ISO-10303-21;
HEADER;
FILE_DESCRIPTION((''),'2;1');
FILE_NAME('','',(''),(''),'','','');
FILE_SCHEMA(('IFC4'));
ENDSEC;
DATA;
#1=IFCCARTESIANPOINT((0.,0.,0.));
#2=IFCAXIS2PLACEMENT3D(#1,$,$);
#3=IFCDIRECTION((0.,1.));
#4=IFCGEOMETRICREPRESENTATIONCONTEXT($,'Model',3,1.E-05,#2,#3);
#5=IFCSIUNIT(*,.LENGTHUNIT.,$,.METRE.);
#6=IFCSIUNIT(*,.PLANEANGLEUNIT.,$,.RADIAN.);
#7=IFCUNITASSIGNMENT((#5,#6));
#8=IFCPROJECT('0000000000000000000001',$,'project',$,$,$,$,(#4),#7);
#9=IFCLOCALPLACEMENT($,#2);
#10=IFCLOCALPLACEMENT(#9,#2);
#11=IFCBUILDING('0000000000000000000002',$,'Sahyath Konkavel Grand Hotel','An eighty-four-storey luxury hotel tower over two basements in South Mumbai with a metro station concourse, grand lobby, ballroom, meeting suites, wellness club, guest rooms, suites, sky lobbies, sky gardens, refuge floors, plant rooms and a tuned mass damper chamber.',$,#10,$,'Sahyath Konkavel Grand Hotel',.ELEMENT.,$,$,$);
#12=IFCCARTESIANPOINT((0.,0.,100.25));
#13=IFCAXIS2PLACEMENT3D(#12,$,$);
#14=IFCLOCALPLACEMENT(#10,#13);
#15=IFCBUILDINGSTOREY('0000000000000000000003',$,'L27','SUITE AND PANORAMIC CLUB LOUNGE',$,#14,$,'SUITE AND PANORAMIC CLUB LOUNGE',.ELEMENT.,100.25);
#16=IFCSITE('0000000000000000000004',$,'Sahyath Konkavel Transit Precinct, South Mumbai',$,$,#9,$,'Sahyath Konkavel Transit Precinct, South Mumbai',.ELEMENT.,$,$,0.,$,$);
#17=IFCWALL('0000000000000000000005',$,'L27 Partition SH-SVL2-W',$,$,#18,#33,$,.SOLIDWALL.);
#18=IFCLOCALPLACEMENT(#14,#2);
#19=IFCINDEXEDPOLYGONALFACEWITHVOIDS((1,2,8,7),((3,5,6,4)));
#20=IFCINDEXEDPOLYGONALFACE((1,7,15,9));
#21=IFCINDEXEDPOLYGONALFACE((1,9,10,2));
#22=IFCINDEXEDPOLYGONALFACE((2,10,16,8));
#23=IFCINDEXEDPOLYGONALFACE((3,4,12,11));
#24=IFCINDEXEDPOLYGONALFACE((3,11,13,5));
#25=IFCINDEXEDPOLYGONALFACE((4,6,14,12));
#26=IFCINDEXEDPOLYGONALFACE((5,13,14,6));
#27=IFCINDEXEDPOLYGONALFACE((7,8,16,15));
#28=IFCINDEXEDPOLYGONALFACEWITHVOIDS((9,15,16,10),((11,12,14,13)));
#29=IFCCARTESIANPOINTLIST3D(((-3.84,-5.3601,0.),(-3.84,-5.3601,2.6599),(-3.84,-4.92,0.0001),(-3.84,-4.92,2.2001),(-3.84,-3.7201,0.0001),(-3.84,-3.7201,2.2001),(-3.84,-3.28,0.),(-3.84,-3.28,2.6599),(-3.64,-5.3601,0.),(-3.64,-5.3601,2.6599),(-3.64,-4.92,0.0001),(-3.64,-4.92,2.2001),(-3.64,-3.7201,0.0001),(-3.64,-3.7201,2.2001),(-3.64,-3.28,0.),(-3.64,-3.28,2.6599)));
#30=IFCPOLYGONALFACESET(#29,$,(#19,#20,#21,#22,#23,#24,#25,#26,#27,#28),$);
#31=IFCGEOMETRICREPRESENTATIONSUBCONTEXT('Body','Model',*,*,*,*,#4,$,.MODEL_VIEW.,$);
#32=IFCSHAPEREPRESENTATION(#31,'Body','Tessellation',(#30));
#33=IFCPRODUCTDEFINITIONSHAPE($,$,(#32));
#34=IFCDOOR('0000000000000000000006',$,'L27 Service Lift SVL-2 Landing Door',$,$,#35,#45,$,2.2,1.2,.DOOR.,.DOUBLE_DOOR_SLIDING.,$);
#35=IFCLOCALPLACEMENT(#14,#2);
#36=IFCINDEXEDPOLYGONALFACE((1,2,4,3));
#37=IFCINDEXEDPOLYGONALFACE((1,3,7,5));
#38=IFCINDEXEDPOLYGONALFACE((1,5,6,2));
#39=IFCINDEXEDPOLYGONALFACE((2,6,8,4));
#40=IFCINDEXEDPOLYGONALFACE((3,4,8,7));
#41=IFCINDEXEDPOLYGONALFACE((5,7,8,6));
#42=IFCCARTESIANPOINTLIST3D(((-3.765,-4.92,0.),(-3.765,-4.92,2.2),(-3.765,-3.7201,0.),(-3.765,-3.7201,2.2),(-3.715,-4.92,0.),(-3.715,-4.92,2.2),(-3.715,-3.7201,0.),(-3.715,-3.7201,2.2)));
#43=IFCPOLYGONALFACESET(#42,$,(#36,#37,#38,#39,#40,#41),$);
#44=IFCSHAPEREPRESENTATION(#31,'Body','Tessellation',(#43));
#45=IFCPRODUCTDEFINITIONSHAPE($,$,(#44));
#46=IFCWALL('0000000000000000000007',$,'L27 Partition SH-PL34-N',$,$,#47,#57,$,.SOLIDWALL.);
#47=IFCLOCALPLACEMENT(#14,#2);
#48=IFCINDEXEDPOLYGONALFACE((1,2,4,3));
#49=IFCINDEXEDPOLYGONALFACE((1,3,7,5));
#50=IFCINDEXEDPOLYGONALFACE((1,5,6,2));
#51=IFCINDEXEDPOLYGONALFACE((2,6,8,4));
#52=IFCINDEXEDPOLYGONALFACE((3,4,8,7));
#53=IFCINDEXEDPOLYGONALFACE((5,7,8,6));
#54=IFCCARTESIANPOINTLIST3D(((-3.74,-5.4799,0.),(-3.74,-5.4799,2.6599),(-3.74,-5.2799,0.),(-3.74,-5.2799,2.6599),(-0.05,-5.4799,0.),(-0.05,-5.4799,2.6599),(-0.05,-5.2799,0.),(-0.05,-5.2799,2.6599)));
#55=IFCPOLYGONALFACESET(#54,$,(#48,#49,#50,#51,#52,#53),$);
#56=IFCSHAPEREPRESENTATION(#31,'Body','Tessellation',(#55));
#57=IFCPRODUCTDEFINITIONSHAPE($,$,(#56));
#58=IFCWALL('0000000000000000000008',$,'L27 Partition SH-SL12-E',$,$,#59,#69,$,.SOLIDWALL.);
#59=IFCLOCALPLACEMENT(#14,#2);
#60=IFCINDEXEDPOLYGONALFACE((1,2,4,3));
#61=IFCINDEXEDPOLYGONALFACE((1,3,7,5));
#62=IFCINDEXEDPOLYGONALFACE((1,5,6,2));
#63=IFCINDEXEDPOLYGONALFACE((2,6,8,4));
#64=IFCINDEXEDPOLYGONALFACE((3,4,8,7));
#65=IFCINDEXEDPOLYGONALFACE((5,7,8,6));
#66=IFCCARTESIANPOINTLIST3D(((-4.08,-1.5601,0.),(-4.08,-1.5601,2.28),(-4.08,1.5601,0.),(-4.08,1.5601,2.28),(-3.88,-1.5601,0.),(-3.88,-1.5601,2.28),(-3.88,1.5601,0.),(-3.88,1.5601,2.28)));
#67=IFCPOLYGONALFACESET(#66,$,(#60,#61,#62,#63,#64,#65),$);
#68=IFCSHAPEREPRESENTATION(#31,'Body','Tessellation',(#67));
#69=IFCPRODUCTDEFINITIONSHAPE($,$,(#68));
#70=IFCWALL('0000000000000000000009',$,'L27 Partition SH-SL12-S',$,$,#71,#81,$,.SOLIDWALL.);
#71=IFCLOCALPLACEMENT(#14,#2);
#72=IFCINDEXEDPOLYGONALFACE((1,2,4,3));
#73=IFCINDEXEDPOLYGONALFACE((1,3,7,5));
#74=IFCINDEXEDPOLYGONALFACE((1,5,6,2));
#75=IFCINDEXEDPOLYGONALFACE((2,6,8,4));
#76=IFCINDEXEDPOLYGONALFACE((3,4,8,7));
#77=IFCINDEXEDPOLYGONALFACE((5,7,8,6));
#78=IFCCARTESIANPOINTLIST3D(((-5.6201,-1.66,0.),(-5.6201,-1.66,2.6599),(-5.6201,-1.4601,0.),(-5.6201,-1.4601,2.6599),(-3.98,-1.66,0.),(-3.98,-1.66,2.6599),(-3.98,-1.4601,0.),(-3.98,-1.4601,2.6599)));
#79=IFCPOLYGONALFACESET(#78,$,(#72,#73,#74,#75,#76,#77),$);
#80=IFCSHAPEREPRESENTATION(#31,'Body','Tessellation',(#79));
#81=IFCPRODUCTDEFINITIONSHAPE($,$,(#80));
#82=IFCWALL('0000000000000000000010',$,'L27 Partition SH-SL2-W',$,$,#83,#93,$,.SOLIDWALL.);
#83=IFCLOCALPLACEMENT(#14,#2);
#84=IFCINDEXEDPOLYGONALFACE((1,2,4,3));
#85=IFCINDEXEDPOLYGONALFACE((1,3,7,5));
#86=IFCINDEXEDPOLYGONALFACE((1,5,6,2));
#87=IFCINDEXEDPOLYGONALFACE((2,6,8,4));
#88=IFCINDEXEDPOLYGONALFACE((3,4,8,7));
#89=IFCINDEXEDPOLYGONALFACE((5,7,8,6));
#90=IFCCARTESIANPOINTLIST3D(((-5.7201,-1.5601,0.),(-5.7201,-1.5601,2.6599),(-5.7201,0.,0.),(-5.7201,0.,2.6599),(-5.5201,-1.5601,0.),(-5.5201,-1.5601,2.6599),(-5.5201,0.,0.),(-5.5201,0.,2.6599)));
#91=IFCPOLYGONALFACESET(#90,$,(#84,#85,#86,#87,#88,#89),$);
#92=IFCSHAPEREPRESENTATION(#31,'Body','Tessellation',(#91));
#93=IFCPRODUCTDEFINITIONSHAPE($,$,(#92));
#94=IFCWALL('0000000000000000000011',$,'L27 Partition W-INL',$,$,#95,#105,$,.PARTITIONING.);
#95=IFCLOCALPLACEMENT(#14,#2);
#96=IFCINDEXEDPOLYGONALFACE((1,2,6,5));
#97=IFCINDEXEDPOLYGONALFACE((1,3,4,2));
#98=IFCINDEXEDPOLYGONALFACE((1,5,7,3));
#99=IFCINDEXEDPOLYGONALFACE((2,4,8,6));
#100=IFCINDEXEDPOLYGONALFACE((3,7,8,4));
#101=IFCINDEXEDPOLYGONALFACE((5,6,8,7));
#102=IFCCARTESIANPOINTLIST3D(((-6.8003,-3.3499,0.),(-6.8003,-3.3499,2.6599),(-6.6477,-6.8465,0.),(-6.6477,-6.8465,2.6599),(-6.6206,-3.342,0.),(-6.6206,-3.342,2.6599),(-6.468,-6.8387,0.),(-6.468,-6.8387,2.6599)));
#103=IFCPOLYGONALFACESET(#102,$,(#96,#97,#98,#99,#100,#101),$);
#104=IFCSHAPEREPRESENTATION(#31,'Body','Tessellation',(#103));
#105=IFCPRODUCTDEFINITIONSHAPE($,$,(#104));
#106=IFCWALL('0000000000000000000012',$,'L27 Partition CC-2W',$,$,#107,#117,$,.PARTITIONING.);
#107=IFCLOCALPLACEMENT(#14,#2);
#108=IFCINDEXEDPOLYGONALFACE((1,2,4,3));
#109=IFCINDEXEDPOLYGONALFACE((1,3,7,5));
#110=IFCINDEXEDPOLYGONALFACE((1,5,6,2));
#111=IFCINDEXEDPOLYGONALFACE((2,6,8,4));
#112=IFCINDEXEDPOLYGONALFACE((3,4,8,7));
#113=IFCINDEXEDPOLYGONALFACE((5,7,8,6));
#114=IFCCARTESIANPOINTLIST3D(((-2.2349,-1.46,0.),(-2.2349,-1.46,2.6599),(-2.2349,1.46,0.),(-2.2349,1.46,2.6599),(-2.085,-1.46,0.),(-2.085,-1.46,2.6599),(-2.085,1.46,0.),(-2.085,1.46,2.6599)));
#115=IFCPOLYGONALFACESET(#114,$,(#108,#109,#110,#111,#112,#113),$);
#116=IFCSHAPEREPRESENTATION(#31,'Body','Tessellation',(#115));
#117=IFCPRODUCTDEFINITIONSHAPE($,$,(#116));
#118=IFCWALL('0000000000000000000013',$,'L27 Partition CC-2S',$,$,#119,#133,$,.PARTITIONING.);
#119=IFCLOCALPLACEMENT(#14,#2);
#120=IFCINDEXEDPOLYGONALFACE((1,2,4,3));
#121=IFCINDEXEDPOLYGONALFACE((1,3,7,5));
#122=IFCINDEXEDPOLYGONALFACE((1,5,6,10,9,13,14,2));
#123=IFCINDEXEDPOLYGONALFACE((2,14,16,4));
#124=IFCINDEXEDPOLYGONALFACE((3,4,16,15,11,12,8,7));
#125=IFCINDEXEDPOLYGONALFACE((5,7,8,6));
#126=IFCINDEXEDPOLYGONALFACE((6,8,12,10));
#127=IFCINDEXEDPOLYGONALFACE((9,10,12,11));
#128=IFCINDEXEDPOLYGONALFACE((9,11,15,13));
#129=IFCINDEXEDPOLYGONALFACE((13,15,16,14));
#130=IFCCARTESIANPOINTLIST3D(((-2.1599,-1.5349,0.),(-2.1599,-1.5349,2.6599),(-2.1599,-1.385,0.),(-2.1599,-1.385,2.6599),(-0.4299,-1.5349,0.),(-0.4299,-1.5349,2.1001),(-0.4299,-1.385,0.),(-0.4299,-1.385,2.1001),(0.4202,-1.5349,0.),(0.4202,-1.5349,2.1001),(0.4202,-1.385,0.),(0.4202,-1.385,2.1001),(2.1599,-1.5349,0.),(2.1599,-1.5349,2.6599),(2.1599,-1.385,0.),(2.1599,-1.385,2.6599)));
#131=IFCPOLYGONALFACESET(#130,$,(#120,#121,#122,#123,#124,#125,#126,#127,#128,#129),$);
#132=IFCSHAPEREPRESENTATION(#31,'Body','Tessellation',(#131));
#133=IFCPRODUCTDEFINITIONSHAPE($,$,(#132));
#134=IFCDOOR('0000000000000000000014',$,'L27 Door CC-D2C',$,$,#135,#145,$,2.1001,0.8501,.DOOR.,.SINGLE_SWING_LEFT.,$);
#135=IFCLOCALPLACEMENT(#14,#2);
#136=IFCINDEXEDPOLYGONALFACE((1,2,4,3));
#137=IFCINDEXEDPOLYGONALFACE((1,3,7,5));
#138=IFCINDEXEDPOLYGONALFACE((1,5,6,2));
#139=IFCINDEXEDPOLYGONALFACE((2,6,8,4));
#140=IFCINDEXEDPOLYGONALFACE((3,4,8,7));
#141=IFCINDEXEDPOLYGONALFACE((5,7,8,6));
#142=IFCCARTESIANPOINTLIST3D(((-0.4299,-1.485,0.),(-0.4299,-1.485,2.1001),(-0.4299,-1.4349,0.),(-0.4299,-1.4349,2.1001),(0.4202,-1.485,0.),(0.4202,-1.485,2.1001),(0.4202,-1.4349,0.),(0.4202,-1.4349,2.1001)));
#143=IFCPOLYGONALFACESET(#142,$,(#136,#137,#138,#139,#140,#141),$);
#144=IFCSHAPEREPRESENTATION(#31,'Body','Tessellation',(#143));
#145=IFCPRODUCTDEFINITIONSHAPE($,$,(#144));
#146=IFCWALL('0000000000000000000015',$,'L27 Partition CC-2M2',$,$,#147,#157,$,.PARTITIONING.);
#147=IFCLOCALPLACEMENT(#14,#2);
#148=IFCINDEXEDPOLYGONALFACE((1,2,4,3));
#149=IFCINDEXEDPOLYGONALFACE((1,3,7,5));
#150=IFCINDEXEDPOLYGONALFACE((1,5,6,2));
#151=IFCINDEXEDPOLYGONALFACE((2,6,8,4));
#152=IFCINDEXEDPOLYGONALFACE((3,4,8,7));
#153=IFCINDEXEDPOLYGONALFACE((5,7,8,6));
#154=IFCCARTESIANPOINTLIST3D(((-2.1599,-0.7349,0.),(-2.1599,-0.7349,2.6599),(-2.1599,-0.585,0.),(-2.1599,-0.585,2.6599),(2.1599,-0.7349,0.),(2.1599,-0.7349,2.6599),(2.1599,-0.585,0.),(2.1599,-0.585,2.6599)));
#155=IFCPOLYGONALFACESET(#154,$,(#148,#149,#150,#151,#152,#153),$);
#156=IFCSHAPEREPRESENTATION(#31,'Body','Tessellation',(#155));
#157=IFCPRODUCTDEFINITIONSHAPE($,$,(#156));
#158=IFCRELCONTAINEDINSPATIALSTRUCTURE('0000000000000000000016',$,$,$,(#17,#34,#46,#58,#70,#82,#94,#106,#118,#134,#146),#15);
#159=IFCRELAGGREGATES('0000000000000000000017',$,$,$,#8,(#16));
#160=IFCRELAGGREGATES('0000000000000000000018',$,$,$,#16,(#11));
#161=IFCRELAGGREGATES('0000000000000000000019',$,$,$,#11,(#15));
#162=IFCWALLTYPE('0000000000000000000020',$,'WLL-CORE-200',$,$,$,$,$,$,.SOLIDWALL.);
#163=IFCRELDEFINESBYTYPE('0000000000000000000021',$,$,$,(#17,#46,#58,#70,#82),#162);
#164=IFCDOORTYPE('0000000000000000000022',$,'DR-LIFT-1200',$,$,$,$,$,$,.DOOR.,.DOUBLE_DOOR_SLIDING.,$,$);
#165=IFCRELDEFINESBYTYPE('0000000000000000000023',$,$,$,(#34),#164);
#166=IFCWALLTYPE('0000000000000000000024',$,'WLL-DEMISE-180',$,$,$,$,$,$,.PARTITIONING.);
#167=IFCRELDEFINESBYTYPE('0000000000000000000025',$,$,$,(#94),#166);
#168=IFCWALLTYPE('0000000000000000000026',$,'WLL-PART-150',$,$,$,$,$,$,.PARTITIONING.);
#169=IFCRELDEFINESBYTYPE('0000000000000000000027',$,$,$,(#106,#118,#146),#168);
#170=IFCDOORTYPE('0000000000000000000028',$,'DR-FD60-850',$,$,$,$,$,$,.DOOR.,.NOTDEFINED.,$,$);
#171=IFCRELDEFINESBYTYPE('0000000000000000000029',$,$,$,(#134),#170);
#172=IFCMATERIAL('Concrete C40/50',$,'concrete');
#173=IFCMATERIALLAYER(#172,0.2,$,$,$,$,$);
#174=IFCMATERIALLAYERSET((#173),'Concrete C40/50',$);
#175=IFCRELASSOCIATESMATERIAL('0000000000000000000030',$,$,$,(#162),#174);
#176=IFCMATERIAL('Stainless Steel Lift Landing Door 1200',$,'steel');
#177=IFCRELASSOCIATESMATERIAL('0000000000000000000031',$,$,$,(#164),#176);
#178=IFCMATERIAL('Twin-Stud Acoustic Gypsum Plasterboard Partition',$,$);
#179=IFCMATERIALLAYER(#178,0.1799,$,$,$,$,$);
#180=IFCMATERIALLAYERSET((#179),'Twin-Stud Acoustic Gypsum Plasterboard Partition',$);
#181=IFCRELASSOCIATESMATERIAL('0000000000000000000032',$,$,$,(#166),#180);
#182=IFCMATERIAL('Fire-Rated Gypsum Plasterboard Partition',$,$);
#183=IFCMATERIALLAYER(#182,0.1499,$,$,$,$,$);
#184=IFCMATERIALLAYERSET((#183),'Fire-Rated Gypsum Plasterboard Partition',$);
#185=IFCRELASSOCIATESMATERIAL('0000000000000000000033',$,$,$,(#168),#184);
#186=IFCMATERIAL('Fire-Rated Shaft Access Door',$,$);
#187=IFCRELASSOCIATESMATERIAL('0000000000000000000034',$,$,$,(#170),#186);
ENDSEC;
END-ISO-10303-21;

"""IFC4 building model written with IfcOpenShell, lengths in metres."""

from ifc_helpers import new_model, si_unit, direction, frame, frame_2d, origin, origin_2d, place, context, subcontext, project, spatial, rectangle, extrude, source, transform, mapped, material, layer, layer_set, type_object, element, fill, save


model = new_model("IFC4")

# Units and contexts
model_context = context("Model", 3, precision=1e-05, world=origin(), true_north=direction((0.0, 1.0)))
body_context = subcontext(model_context, "Body", "Model", "MODEL_VIEW")
ifc_project = project(units=[si_unit("LENGTHUNIT", "METRE"), si_unit("PLANEANGLEUNIT", "RADIAN")], contexts=[model_context])

# Site, building, storey
site_placement = place(None, origin())
site = spatial("IfcSite", under=ifc_project, at=site_placement, Name="Sahyath Konkavel Transit Precinct, South Mumbai", LongName="Sahyath Konkavel Transit Precinct, South Mumbai", CompositionType="ELEMENT", RefElevation=0.0)
building_placement = place(site_placement, origin())
building = spatial("IfcBuilding", under=site, at=building_placement, Name="Sahyath Konkavel Grand Hotel", Description="An eighty-four-storey luxury hotel tower over two basements in South Mumbai with a metro station concourse, grand lobby, ballroom, meeting suites, wellness club, guest rooms, suites, sky lobbies, sky gardens, refuge floors, plant rooms and a tuned mass damper chamber.", LongName="Sahyath Konkavel Grand Hotel", CompositionType="ELEMENT")
storey_placement = place(building_placement, frame((0.0, 0.0, 100.25)))
storey = spatial("IfcBuildingStorey", under=building, at=storey_placement, Name="L27", Description="SUITE AND PANORAMIC CLUB LOUNGE", LongName="SUITE AND PANORAMIC CLUB LOUNGE", CompositionType="ELEMENT", Elevation=100.25)

# Shared definitions
ifc_material_1 = material(Name="Concrete C40/50", Category="concrete")
ifc_layer_1 = layer(ifc_material_1, 0.2)
ifc_layer_set_1 = layer_set([ifc_layer_1], Name="Concrete C40/50")
wall_type_1 = type_object("IfcWallType", Name="WLL-CORE-200", PredefinedType="SOLIDWALL", material=ifc_layer_set_1)

# Wall, opening, door
wall_1_placement = place(storey_placement, frame((-3.74, -5.3601, 0.0), z_axis=(0.0, 0.0, 1.0), x_axis=(0.0, 1.0, 0.0)))
wall_1 = element("IfcWall", 1, at=wall_1_placement, inside=storey, type_object=wall_type_1, Name="L27 Partition SH-SVL2-W", PredefinedType="SOLIDWALL", context=body_context, shape_type="SweptSolid", body=[
    extrude(rectangle(XDim=2.0801, YDim=0.2, at=frame_2d((1.04, 0.0))), origin(), (0.0, 0.0, 1.0), 2.6599),
])
opening_1_placement = place(wall_1_placement, frame((0.4399, 0.0, 0.0)))
opening_1 = element("IfcOpeningElement", 2, at=opening_1_placement, cuts=wall_1, PredefinedType="OPENING", context=body_context, shape_type="SweptSolid", body=[
    extrude(rectangle(XDim=1.2, YDim=2.2, at=frame_2d((0.6001, 1.1001))), frame((0.0, 0.1099, 0.0), z_axis=(0.0, -1.0, 0.0), x_axis=(1.0, 0.0, 0.0)), (0.0, 0.0, 1.0), 0.22),
])
ifc_material_2 = material(Name="Stainless Steel Lift Landing Door 1200", Category="steel")
door_type_1 = type_object("IfcDoorType", Name="DR-LIFT-1200", OperationType="DOUBLE_DOOR_SLIDING", PredefinedType="DOOR", material=ifc_material_2)
shared_shape_1 = source(origin(), body_context, "Body", "SweptSolid", [
    extrude(rectangle(XDim=1.2, YDim=0.05, at=origin_2d()), origin(), (0.0, 0.0, 1.0), 2.2),
])
door_1_placement = place(opening_1_placement, frame((0.6001, 0.0, 0.0)))
door_1 = element("IfcDoor", 3, at=door_1_placement, inside=storey, type_object=door_type_1, Name="L27 Service Lift SVL-2 Landing Door", OperationType="DOUBLE_DOOR_SLIDING", OverallHeight=2.2, OverallWidth=1.2, PredefinedType="DOOR", context=body_context, shape_type="MappedRepresentation", body=[
    mapped(shared_shape_1, transform((0.0, 0.0, 0.0), scale=1.0)),
])
fill(opening_1, door_1)

# Walls
wall_2_placement = place(storey_placement, frame((-3.74, -5.3799, 0.0), z_axis=(0.0, 0.0, 1.0), x_axis=(1.0, 0.0, 0.0)))
element("IfcWall", 4, at=wall_2_placement, inside=storey, type_object=wall_type_1, Name="L27 Partition SH-PL34-N", PredefinedType="SOLIDWALL", context=body_context, shape_type="SweptSolid", body=[
    extrude(rectangle(XDim=3.6899, YDim=0.2, at=frame_2d((1.845, 0.0))), origin(), (0.0, 0.0, 1.0), 2.6599),
])
wall_3_placement = place(storey_placement, frame((-3.98, -1.5601, 0.0), z_axis=(0.0, 0.0, 1.0), x_axis=(0.0, 1.0, 0.0)))
element("IfcWall", 5, at=wall_3_placement, inside=storey, type_object=wall_type_1, Name="L27 Partition SH-SL12-E", PredefinedType="SOLIDWALL", context=body_context, shape_type="SweptSolid", body=[
    extrude(rectangle(XDim=3.1201, YDim=0.2, at=frame_2d((1.5601, 0.0))), origin(), (0.0, 0.0, 1.0), 2.28),
])
wall_4_placement = place(storey_placement, frame((-5.6201, -1.5601, 0.0), z_axis=(0.0, 0.0, 1.0), x_axis=(1.0, 0.0, 0.0)))
element("IfcWall", 6, at=wall_4_placement, inside=storey, type_object=wall_type_1, Name="L27 Partition SH-SL12-S", PredefinedType="SOLIDWALL", context=body_context, shape_type="SweptSolid", body=[
    extrude(rectangle(XDim=1.6401, YDim=0.2, at=frame_2d((0.8201, 0.0))), origin(), (0.0, 0.0, 1.0), 2.6599),
])
wall_5_placement = place(storey_placement, frame((-5.6201, -1.5601, 0.0), z_axis=(0.0, 0.0, 1.0), x_axis=(0.0, 1.0, 0.0)))
element("IfcWall", 7, at=wall_5_placement, inside=storey, type_object=wall_type_1, Name="L27 Partition SH-SL2-W", PredefinedType="SOLIDWALL", context=body_context, shape_type="SweptSolid", body=[
    extrude(rectangle(XDim=1.5601, YDim=0.2, at=frame_2d((0.78, 0.0))), origin(), (0.0, 0.0, 1.0), 2.6599),
])
ifc_material_3 = material(Name="Twin-Stud Acoustic Gypsum Plasterboard Partition")
ifc_layer_2 = layer(ifc_material_3, 0.1799)
ifc_layer_set_2 = layer_set([ifc_layer_2], Name="Twin-Stud Acoustic Gypsum Plasterboard Partition")
wall_type_2 = type_object("IfcWallType", Name="WLL-DEMISE-180", PredefinedType="PARTITIONING", material=ifc_layer_set_2)
wall_6_placement = place(storey_placement, frame((-6.7104, -3.3459, 0.0), z_axis=(0.0, 0.0, 1.0), x_axis=(0.043598, -0.999049, 0.0)))
element("IfcWall", 8, at=wall_6_placement, inside=storey, type_object=wall_type_2, Name="L27 Partition W-INL", PredefinedType="PARTITIONING", context=body_context, shape_type="SweptSolid", body=[
    extrude(rectangle(XDim=3.5, YDim=0.1799, at=frame_2d((1.75, 0.0))), origin(), (0.0, 0.0, 1.0), 2.6599),
])
ifc_material_4 = material(Name="Fire-Rated Gypsum Plasterboard Partition")
ifc_layer_3 = layer(ifc_material_4, 0.1499)
ifc_layer_set_3 = layer_set([ifc_layer_3], Name="Fire-Rated Gypsum Plasterboard Partition")
wall_type_3 = type_object("IfcWallType", Name="WLL-PART-150", PredefinedType="PARTITIONING", material=ifc_layer_set_3)
wall_7_placement = place(storey_placement, frame((-2.1599, -1.46, 0.0), z_axis=(0.0, 0.0, 1.0), x_axis=(0.0, 1.0, 0.0)))
element("IfcWall", 9, at=wall_7_placement, inside=storey, type_object=wall_type_3, Name="L27 Partition CC-2W", PredefinedType="PARTITIONING", context=body_context, shape_type="SweptSolid", body=[
    extrude(rectangle(XDim=2.9199, YDim=0.1499, at=frame_2d((1.46, 0.0))), origin(), (0.0, 0.0, 1.0), 2.6599),
])

# Wall, opening, door
wall_8_placement = place(storey_placement, frame((-2.1599, -1.46, 0.0), z_axis=(0.0, 0.0, 1.0), x_axis=(1.0, 0.0, 0.0)))
wall_8 = element("IfcWall", 10, at=wall_8_placement, inside=storey, type_object=wall_type_3, Name="L27 Partition CC-2S", PredefinedType="PARTITIONING", context=body_context, shape_type="SweptSolid", body=[
    extrude(rectangle(XDim=4.3198, YDim=0.1499, at=frame_2d((2.1599, 0.0))), origin(), (0.0, 0.0, 1.0), 2.6599),
])
opening_2_placement = place(wall_8_placement, frame((1.73, 0.0, 0.0)))
opening_2 = element("IfcOpeningElement", 11, at=opening_2_placement, cuts=wall_8, PredefinedType="OPENING", context=body_context, shape_type="SweptSolid", body=[
    extrude(rectangle(XDim=0.8501, YDim=2.1001, at=frame_2d((0.425, 1.05))), frame((0.0, 0.085, 0.0), z_axis=(0.0, -1.0, 0.0), x_axis=(1.0, 0.0, 0.0)), (0.0, 0.0, 1.0), 0.1699),
])
ifc_material_5 = material(Name="Fire-Rated Shaft Access Door")
door_type_2 = type_object("IfcDoorType", Name="DR-FD60-850", OperationType="NOTDEFINED", PredefinedType="DOOR", material=ifc_material_5)
shared_shape_2 = source(origin(), body_context, "Body", "SweptSolid", [
    extrude(rectangle(XDim=0.8501, YDim=0.05, at=origin_2d()), origin(), (0.0, 0.0, 1.0), 2.1001),
])
door_2_placement = place(opening_2_placement, frame((0.425, 0.0, 0.0)))
door_2 = element("IfcDoor", 12, at=door_2_placement, inside=storey, type_object=door_type_2, Name="L27 Door CC-D2C", OperationType="SINGLE_SWING_LEFT", OverallHeight=2.1001, OverallWidth=0.8501, PredefinedType="DOOR", context=body_context, shape_type="MappedRepresentation", body=[
    mapped(shared_shape_2, transform((0.0, 0.0, 0.0), scale=1.0)),
])
fill(opening_2, door_2)

# Wall
wall_9_placement = place(storey_placement, frame((-2.1599, -0.6599, 0.0), z_axis=(0.0, 0.0, 1.0), x_axis=(1.0, 0.0, 0.0)))
element("IfcWall", 13, at=wall_9_placement, inside=storey, type_object=wall_type_3, Name="L27 Partition CC-2M2", PredefinedType="PARTITIONING", context=body_context, shape_type="SweptSolid", body=[
    extrude(rectangle(XDim=4.3198, YDim=0.1499, at=frame_2d((2.1599, 0.0))), origin(), (0.0, 0.0, 1.0), 2.6599),
])

save(model, "model.ifc")
